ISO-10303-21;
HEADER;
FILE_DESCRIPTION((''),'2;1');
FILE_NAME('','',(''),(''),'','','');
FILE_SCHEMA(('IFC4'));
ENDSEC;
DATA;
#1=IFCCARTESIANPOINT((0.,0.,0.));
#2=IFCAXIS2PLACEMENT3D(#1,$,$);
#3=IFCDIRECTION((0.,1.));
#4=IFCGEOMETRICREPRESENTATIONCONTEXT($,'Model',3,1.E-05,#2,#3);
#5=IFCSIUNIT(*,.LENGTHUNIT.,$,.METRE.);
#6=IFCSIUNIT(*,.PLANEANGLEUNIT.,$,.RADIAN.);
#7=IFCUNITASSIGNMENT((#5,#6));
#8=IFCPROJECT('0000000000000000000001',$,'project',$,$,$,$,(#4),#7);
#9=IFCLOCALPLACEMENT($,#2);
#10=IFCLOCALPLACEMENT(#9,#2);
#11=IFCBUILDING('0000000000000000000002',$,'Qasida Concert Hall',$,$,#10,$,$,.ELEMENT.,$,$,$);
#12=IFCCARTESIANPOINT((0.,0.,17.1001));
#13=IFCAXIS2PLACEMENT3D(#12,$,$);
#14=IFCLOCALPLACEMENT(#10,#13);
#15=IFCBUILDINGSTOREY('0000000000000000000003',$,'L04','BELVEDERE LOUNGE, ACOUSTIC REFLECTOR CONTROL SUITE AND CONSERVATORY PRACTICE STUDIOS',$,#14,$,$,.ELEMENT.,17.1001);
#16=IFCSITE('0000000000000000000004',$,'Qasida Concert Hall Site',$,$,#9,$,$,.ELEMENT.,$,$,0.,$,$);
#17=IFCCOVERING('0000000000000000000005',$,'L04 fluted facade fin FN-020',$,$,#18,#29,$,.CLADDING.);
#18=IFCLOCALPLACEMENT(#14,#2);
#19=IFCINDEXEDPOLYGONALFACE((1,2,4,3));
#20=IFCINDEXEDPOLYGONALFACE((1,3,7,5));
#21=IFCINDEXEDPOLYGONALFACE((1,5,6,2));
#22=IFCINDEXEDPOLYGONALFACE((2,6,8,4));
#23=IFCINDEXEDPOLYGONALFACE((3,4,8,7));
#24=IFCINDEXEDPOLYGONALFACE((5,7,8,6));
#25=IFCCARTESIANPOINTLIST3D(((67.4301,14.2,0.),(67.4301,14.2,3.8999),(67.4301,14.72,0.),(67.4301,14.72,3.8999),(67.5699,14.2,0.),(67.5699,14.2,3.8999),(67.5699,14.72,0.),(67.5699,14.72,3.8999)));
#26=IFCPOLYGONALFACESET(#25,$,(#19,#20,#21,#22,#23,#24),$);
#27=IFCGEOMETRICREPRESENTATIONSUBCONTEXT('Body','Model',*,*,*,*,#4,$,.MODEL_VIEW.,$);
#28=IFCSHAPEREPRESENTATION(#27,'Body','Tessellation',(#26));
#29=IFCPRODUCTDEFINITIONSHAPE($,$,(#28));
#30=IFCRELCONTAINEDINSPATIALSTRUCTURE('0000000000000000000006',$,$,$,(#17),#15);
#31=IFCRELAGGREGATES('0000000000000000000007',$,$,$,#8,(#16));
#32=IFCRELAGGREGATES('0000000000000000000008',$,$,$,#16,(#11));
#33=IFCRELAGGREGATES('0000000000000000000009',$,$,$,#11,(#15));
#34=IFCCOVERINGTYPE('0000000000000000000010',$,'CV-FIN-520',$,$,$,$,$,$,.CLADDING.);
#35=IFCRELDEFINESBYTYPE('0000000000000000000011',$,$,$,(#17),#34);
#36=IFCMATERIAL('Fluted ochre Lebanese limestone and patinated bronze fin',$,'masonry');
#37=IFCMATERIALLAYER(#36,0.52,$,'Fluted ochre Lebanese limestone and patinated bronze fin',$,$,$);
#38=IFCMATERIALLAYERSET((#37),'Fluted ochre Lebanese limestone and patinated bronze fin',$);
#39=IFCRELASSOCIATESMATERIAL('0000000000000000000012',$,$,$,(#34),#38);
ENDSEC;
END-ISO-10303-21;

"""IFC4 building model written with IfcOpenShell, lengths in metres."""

from ifc_helpers import new_model, si_unit, direction, frame, origin, origin_2d, place, context, subcontext, project, spatial, rectangle, extrude, material, layer, layer_set, type_object, element, save


model = new_model("IFC4")

# Units and contexts
model_context = context("Model", 3, precision=1e-05, world=origin(), true_north=direction((0.0, 1.0)))
body_context = subcontext(model_context, "Body", "Model", "MODEL_VIEW")
ifc_project = project(units=[si_unit("LENGTHUNIT", "METRE"), si_unit("PLANEANGLEUNIT", "RADIAN")], contexts=[model_context])

# Site, building, storey
site_placement = place(None, origin())
site = spatial("IfcSite", under=ifc_project, at=site_placement, Name="Qasida Concert Hall Site", CompositionType="ELEMENT", RefElevation=0.0)
building_placement = place(site_placement, origin())
building = spatial("IfcBuilding", under=site, at=building_placement, Name="Qasida Concert Hall", CompositionType="ELEMENT")
storey_placement = place(building_placement, frame((0.0, 0.0, 17.1001)))
storey = spatial("IfcBuildingStorey", under=building, at=storey_placement, Name="L04", Description="BELVEDERE LOUNGE, ACOUSTIC REFLECTOR CONTROL SUITE AND CONSERVATORY PRACTICE STUDIOS", CompositionType="ELEMENT", Elevation=17.1001)

# Covering
ifc_material_1 = material(Name="Fluted ochre Lebanese limestone and patinated bronze fin", Category="masonry")
ifc_layer_1 = layer(ifc_material_1, 0.52, Name="Fluted ochre Lebanese limestone and patinated bronze fin")
ifc_layer_set_1 = layer_set([ifc_layer_1], Name="Fluted ochre Lebanese limestone and patinated bronze fin")
covering_type = type_object("IfcCoveringType", Name="CV-FIN-520", PredefinedType="CLADDING", material=ifc_layer_set_1)
for number, where, z_axis, x_axis, name in (
    (1, (67.5, 14.46, 0.0), (0.0, 0.0, 1.0), (1.0, 0.0, 0.0), "L04 fluted facade fin FN-020"),
):
    element("IfcCovering", number, at=place(storey_placement, frame(where, z_axis=z_axis, x_axis=x_axis)), inside=storey, type_object=covering_type, Name=name, PredefinedType="CLADDING", context=body_context, shape_type="SweptSolid", body=[
        extrude(rectangle(XDim=0.1399, YDim=0.52, at=origin_2d()), origin(), (0.0, 0.0, 1.0), 3.8999),
    ])

save(model, "model.ifc")
